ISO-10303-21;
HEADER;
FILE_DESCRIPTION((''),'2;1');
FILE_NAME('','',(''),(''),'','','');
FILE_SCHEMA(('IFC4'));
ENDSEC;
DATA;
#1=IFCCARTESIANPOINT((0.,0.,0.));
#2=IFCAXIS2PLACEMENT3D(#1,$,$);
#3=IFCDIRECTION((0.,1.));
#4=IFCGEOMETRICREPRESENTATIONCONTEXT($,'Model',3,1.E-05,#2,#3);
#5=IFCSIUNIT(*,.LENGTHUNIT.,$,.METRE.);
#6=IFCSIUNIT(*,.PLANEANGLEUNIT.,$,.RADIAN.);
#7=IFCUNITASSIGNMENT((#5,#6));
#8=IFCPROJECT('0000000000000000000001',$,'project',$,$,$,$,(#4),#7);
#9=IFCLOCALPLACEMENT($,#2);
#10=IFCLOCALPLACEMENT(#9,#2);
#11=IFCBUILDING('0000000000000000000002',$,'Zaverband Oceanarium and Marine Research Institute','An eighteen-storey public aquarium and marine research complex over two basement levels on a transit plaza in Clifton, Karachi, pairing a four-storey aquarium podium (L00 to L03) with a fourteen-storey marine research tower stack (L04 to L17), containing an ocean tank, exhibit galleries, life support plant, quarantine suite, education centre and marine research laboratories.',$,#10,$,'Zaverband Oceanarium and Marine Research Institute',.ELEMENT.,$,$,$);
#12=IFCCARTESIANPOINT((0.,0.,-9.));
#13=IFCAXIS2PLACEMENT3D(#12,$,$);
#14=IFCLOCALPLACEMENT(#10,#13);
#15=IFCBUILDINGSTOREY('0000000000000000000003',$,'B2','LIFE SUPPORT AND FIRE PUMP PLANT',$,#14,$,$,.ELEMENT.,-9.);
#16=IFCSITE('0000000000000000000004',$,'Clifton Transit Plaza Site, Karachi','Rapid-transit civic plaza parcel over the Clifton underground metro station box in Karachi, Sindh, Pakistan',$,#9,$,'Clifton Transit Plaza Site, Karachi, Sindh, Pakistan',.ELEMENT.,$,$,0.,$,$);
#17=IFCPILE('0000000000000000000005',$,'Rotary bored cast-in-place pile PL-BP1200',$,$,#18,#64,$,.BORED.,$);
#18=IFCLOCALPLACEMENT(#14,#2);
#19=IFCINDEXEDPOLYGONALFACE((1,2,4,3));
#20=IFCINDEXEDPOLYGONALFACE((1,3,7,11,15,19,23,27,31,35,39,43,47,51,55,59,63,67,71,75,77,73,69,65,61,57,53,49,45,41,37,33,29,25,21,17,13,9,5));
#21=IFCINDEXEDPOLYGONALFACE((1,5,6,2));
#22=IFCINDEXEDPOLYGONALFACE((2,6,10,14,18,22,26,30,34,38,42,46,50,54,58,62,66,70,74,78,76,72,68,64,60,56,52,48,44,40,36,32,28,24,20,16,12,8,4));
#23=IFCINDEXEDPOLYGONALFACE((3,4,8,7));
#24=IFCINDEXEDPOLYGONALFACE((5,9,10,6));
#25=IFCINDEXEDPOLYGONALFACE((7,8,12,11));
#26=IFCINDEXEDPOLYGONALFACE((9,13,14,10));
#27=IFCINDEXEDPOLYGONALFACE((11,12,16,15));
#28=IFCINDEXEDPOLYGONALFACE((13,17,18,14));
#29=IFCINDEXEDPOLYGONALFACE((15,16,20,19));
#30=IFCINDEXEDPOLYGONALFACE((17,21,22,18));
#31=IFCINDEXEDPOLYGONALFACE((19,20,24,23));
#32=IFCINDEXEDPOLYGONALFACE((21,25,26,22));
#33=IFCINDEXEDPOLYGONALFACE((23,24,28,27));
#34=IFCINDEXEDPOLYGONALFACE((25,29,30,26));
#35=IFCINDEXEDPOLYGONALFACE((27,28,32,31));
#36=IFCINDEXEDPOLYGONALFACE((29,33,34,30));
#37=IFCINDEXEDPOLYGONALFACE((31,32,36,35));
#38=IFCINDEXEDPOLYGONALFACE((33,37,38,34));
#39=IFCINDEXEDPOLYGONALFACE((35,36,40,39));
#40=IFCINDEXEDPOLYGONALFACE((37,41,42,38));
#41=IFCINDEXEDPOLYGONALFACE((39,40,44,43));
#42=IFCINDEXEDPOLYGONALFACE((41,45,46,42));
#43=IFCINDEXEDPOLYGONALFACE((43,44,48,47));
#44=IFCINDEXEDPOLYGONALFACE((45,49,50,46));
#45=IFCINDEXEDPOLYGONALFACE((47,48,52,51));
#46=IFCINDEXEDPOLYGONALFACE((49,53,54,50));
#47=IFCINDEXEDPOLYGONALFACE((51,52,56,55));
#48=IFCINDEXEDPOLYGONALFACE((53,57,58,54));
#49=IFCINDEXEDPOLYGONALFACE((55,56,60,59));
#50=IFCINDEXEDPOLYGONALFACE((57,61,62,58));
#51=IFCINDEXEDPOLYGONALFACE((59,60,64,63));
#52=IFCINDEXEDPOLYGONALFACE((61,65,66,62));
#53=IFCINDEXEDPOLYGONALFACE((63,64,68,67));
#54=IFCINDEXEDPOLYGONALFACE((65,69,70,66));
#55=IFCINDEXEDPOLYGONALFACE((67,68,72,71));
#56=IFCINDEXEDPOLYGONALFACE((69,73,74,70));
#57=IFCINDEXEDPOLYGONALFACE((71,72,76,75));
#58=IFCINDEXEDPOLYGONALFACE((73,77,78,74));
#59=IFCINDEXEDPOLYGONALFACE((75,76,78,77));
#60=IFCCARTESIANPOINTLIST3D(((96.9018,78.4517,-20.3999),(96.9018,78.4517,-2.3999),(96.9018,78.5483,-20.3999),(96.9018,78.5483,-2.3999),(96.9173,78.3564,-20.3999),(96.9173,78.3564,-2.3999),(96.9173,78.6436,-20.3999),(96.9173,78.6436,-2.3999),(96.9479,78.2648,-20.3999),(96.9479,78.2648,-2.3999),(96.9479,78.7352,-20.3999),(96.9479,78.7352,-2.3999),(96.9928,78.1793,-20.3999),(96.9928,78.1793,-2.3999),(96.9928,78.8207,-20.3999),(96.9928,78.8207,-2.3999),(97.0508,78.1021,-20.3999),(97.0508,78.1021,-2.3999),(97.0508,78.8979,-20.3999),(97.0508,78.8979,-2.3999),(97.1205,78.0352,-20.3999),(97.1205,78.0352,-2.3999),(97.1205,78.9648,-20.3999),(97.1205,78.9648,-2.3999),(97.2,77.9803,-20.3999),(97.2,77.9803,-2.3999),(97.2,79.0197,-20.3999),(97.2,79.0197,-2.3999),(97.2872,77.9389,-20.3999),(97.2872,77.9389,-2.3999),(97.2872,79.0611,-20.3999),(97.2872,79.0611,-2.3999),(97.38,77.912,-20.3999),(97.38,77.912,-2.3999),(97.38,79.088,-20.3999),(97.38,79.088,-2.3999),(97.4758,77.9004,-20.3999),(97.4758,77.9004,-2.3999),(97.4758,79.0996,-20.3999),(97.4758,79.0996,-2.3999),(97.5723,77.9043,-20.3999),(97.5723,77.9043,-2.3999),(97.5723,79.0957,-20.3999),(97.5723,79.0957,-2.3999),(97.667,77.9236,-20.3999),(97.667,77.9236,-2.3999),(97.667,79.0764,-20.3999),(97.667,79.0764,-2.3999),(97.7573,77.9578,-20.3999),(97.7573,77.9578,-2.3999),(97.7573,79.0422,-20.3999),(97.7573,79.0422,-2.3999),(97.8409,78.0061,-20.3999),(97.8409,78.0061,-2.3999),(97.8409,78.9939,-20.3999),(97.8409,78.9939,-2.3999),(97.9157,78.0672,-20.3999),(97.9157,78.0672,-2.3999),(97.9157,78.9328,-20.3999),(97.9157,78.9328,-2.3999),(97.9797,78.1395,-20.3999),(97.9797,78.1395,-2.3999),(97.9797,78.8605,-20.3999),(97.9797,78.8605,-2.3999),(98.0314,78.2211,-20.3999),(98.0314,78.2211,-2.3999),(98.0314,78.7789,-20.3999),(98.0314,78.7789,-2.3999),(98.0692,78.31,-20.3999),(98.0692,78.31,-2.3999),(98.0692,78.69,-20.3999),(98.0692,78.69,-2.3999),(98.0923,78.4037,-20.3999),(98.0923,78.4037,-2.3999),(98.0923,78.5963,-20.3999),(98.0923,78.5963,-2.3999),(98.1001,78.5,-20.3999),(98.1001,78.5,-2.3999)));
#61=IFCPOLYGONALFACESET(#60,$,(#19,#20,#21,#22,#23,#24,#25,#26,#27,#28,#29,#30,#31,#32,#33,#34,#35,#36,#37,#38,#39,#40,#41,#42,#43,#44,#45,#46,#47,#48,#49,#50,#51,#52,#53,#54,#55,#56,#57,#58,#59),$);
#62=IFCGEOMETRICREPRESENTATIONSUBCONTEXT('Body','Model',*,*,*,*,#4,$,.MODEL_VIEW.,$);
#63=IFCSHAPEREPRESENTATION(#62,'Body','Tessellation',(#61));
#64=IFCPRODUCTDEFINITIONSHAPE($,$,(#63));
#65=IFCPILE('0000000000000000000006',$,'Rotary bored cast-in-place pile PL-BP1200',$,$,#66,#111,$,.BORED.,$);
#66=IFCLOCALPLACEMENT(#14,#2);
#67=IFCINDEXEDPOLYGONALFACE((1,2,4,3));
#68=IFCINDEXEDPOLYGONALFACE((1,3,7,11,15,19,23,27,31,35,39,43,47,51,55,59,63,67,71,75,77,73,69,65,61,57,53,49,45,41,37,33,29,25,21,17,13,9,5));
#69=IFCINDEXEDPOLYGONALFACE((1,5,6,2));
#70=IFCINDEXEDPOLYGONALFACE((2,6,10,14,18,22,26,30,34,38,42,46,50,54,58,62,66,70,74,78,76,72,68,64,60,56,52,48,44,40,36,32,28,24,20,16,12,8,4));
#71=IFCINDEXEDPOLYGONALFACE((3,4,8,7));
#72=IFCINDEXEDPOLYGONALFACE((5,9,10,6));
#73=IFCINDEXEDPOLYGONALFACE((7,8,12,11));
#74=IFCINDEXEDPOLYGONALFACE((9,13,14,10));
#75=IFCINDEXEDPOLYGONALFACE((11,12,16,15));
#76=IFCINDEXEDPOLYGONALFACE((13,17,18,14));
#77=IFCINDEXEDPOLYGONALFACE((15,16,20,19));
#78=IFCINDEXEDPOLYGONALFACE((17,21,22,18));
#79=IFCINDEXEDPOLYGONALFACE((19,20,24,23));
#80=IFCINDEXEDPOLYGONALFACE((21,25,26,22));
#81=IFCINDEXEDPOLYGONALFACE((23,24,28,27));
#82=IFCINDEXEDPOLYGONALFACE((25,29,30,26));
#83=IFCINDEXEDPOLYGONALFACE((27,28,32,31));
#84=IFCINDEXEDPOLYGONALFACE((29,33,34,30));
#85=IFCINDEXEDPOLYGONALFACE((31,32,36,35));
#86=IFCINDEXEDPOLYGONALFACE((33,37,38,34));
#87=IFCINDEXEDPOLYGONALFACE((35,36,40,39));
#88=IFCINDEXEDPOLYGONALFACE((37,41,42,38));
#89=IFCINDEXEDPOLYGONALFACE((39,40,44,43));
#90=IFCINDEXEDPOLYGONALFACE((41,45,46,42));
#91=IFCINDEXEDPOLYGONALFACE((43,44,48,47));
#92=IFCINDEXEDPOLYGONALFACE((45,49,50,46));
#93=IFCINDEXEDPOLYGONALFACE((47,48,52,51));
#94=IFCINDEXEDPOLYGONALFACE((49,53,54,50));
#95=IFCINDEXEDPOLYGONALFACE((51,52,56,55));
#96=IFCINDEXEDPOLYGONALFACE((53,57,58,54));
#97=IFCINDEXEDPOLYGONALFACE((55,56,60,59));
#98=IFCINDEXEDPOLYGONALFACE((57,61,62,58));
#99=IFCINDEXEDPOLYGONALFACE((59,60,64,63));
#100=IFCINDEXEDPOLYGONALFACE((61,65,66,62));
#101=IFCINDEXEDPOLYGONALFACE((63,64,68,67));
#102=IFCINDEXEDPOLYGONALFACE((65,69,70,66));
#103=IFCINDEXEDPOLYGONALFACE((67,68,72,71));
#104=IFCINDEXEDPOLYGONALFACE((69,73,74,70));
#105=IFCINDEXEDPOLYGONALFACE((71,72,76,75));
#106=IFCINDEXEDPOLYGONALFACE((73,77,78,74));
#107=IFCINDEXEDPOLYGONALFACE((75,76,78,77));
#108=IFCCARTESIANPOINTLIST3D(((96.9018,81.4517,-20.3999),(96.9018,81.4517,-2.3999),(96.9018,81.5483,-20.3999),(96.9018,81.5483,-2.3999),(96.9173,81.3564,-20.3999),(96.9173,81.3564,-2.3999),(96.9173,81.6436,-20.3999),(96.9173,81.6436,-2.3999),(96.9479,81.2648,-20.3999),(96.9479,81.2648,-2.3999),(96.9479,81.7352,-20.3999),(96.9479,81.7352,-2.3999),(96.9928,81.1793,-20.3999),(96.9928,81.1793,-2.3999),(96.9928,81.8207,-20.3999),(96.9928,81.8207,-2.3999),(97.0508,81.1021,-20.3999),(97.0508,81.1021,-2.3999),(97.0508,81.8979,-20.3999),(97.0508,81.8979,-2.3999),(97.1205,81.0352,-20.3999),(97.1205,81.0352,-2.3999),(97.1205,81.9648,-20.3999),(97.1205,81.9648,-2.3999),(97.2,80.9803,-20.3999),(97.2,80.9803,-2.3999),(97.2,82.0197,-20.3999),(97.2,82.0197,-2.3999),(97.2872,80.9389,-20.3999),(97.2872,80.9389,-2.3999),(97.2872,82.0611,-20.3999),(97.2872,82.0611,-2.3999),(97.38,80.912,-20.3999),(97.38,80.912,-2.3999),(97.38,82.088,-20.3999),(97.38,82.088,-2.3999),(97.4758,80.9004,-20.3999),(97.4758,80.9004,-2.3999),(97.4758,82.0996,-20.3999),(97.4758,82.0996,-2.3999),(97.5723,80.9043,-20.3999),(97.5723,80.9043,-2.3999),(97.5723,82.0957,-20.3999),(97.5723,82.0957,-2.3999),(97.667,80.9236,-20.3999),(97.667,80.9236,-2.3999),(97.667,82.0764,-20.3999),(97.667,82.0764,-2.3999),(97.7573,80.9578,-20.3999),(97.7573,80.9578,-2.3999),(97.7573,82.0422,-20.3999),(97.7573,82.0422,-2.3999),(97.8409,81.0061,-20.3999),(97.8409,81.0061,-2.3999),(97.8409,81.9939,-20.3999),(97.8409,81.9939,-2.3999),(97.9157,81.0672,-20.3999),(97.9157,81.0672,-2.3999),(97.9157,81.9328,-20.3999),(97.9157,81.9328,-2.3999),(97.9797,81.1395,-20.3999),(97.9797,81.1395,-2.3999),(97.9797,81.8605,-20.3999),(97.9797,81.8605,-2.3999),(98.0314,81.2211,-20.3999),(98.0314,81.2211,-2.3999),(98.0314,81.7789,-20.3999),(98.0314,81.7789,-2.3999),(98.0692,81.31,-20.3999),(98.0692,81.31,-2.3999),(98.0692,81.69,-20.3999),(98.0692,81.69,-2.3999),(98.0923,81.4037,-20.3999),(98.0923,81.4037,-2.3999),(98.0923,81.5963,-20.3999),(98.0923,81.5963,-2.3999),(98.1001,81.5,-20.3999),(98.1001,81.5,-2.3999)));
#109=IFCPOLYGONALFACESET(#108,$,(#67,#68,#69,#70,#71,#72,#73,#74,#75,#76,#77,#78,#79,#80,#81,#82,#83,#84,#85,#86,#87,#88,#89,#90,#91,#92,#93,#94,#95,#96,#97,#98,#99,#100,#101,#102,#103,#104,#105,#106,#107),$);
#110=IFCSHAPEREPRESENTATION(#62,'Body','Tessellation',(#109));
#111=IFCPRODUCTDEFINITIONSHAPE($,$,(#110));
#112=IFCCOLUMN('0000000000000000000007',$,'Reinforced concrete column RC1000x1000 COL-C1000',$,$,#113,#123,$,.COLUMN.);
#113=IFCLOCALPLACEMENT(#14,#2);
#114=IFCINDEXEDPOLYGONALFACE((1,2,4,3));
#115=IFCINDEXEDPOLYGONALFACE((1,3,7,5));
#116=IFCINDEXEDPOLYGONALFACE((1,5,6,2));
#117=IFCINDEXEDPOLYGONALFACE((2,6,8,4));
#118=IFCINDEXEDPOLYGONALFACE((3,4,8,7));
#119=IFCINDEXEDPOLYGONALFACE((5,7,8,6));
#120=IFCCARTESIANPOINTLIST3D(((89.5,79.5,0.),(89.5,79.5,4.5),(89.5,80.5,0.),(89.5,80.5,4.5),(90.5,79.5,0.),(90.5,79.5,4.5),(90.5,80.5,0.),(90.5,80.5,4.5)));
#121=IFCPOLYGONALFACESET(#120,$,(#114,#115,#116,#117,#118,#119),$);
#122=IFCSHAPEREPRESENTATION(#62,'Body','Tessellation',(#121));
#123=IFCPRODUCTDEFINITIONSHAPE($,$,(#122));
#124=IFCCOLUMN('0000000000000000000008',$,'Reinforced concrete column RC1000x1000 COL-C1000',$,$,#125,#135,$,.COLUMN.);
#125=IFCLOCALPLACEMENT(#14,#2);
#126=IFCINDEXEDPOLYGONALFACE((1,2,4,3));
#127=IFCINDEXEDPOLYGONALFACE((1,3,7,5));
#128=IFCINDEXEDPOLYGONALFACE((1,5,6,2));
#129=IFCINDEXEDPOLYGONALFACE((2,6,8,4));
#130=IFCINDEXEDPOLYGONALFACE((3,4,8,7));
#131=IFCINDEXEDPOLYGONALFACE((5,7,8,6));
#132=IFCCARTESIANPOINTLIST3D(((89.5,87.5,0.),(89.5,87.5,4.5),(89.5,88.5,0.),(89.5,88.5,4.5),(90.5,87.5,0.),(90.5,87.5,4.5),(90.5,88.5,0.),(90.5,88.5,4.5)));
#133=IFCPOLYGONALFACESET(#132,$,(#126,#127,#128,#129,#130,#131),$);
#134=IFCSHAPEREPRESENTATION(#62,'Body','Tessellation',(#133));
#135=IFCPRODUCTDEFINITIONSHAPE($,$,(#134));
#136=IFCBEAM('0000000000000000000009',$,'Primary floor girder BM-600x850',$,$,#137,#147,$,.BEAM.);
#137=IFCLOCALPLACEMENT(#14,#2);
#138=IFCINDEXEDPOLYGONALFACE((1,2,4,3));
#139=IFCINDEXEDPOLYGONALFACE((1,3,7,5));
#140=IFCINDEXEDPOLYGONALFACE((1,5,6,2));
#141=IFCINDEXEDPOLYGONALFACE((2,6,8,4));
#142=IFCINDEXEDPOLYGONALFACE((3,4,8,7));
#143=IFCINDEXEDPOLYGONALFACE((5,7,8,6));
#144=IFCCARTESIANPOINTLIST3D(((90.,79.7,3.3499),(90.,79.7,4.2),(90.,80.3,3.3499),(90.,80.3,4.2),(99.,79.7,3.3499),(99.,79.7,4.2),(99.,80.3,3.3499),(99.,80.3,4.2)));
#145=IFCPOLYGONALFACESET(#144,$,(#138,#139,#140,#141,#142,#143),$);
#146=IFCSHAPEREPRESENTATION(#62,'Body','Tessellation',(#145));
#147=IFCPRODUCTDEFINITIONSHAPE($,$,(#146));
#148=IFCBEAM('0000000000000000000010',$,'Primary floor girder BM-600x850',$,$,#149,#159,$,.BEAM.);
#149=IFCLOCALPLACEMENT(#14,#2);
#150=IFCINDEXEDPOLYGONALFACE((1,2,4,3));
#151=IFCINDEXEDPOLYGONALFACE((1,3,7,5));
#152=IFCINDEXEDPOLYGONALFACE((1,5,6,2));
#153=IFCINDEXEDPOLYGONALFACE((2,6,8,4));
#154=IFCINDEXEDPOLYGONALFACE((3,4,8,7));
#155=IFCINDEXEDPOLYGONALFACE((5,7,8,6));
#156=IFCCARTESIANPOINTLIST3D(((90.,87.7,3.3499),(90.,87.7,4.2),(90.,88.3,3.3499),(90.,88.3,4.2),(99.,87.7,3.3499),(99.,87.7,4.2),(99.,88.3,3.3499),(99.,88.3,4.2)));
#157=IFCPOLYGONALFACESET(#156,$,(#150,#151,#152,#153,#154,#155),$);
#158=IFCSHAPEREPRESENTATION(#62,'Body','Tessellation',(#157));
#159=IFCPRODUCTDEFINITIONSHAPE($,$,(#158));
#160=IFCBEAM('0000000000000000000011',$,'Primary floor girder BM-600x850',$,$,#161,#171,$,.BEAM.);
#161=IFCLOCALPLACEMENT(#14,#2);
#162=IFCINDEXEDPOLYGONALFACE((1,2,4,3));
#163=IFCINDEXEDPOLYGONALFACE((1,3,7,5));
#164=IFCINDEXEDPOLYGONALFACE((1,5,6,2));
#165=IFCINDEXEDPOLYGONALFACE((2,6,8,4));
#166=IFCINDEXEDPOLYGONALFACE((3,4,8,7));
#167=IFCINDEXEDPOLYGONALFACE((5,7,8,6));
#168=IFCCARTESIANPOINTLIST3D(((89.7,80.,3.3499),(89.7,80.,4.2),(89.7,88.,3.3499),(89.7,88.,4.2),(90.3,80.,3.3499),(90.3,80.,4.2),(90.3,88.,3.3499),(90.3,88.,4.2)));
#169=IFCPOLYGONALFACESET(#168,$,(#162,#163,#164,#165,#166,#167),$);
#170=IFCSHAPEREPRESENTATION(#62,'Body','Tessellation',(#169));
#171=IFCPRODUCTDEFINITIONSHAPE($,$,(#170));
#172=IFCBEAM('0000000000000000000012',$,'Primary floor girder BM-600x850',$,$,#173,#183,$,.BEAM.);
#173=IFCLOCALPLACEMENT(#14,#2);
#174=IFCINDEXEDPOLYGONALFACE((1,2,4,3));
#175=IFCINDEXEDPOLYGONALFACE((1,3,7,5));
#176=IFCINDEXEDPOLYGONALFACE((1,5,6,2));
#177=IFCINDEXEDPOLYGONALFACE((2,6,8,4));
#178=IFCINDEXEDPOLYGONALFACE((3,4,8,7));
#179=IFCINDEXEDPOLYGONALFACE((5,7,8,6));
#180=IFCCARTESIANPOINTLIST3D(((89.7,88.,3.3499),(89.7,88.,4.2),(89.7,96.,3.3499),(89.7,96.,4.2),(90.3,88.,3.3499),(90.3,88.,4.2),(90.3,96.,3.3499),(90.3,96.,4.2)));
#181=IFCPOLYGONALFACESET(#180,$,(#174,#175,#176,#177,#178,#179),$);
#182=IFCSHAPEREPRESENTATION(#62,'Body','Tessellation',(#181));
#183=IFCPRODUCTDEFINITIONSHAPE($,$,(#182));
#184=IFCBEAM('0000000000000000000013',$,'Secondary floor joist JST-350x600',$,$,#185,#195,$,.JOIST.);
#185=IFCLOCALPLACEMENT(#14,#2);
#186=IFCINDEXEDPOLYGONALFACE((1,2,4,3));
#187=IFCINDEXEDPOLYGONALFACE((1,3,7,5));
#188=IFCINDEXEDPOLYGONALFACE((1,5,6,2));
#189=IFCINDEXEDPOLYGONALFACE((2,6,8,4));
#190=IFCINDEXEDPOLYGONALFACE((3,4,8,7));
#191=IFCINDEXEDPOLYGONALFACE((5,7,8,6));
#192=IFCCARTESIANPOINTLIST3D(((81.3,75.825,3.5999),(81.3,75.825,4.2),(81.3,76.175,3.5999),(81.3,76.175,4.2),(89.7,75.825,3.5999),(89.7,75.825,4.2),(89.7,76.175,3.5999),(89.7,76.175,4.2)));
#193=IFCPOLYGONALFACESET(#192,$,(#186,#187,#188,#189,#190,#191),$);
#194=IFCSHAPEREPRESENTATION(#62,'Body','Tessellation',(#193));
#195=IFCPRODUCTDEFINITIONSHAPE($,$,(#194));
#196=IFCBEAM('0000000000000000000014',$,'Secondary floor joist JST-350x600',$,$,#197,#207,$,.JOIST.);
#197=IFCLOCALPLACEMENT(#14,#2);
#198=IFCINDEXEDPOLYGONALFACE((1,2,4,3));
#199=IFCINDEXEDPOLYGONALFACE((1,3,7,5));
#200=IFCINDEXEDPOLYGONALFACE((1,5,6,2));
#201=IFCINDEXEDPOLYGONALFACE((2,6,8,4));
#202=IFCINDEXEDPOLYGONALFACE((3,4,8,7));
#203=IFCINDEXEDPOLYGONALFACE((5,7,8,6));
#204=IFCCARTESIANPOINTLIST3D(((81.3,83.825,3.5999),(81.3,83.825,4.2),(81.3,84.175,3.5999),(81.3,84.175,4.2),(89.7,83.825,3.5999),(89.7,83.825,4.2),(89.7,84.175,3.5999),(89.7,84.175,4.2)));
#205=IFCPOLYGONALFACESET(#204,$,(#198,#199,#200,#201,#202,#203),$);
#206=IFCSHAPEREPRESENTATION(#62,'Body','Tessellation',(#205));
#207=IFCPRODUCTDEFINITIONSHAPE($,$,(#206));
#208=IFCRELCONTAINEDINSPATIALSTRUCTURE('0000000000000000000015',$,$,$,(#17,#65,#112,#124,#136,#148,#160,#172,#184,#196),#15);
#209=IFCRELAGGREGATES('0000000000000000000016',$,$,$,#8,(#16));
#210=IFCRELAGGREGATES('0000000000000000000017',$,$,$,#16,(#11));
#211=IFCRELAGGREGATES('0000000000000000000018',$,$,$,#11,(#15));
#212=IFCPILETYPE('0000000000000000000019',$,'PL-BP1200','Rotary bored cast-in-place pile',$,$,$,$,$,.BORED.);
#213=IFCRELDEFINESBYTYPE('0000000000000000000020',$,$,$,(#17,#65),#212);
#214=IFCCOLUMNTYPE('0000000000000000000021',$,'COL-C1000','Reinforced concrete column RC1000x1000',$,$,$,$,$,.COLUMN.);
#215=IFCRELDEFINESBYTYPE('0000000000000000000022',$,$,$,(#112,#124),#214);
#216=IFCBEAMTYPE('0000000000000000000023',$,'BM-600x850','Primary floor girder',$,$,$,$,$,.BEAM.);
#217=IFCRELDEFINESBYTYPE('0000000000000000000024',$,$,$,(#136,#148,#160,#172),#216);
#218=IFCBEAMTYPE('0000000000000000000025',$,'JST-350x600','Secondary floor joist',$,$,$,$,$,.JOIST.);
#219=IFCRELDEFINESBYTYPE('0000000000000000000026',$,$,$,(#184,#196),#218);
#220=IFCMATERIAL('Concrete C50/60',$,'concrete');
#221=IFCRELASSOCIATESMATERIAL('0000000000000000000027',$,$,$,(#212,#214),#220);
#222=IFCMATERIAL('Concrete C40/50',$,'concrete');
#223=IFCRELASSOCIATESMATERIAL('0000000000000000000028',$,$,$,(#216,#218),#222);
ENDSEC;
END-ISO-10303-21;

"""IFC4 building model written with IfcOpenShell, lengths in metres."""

from ifc_helpers import new_model, si_unit, direction, frame, origin, origin_2d, place, context, subcontext, project, spatial, rectangle, circle, extrude, material, material_profile, profile_set, type_object, element, save


model = new_model("IFC4")

# Units and contexts
model_context = context("Model", 3, precision=1e-05, world=origin(), true_north=direction((0.0, 1.0)))
body_context = subcontext(model_context, "Body", "Model", "MODEL_VIEW")
ifc_project = project(units=[si_unit("LENGTHUNIT", "METRE"), si_unit("PLANEANGLEUNIT", "RADIAN")], contexts=[model_context])

# Site, building, storey
site_placement = place(None, origin())
site = spatial("IfcSite", under=ifc_project, at=site_placement, Name="Clifton Transit Plaza Site, Karachi", Description="Rapid-transit civic plaza parcel over the Clifton underground metro station box in Karachi, Sindh, Pakistan", LongName="Clifton Transit Plaza Site, Karachi, Sindh, Pakistan", CompositionType="ELEMENT", RefElevation=0.0)
building_placement = place(site_placement, origin())
building = spatial("IfcBuilding", under=site, at=building_placement, Name="Zaverband Oceanarium and Marine Research Institute", Description="An eighteen-storey public aquarium and marine research complex over two basement levels on a transit plaza in Clifton, Karachi, pairing a four-storey aquarium podium (L00 to L03) with a fourteen-storey marine research tower stack (L04 to L17), containing an ocean tank, exhibit galleries, life support plant, quarantine suite, education centre and marine research laboratories.", LongName="Zaverband Oceanarium and Marine Research Institute", CompositionType="ELEMENT")
storey_placement = place(building_placement, frame((0.0, 0.0, -9.0)))
storey = spatial("IfcBuildingStorey", under=building, at=storey_placement, Name="B2", Description="LIFE SUPPORT AND FIRE PUMP PLANT", CompositionType="ELEMENT", Elevation=-9.0)

# Shared definitions
ifc_material_1 = material(Name="Concrete C50/60", Category="concrete")

# Piles
ifc_material_profile_1 = material_profile(ifc_material_1, circle(Radius=0.6001, at=origin_2d()), Name="BP1200")
ifc_profile_set_1 = profile_set([ifc_material_profile_1], Name="Concrete C50/60")
pile_type_1 = type_object("IfcPileType", Name="PL-BP1200", Description="Rotary bored cast-in-place pile", PredefinedType="BORED", material=ifc_profile_set_1)
for number, where, z_axis, x_axis, name in (
    (1, (97.5, 78.5, -2.3999), (0.0, 0.0, -1.0), (1.0, 0.0, 0.0), "Rotary bored cast-in-place pile PL-BP1200"),
    (2, (97.5, 81.5, -2.3999), (0.0, 0.0, -1.0), (1.0, 0.0, 0.0), "Rotary bored cast-in-place pile PL-BP1200"),
):
    element("IfcPile", number, at=place(storey_placement, frame(where, z_axis=z_axis, x_axis=x_axis)), inside=storey, type_object=pile_type_1, Name=name, PredefinedType="BORED", context=body_context, shape_type="SweptSolid", body=[
        extrude(circle(Radius=0.6001, at=origin_2d()), origin(), (0.0, 0.0, 1.0), 18.0),
    ])

# Columns
ifc_material_profile_2 = material_profile(ifc_material_1, rectangle(XDim=1.0, YDim=1.0, at=origin_2d()), Name="RC1000x1000")
ifc_profile_set_2 = profile_set([ifc_material_profile_2], Name="Concrete C50/60")
column_type = type_object("IfcColumnType", Name="COL-C1000", Description="Reinforced concrete column RC1000x1000", PredefinedType="COLUMN", material=ifc_profile_set_2)
for number, where, z_axis, x_axis, name in (
    (3, (90.0, 80.0, 0.0), (0.0, 0.0, 1.0), (1.0, 0.0, 0.0), "Reinforced concrete column RC1000x1000 COL-C1000"),
    (4, (90.0, 88.0, 0.0), (0.0, 0.0, 1.0), (1.0, 0.0, 0.0), "Reinforced concrete column RC1000x1000 COL-C1000"),
):
    element("IfcColumn", number, at=place(storey_placement, frame(where, z_axis=z_axis, x_axis=x_axis)), inside=storey, type_object=column_type, Name=name, PredefinedType="COLUMN", context=body_context, shape_type="SweptSolid", body=[
        extrude(rectangle(XDim=1.0, YDim=1.0, at=origin_2d()), origin(), (0.0, 0.0, 1.0), 4.5),
    ])

# Beams
ifc_material_2 = material(Name="Concrete C40/50", Category="concrete")
ifc_material_profile_3 = material_profile(ifc_material_2, rectangle(XDim=0.6001, YDim=0.8501, at=origin_2d()), Name="RC600x850")
ifc_profile_set_3 = profile_set([ifc_material_profile_3], Name="Concrete C40/50")
beam_type_1 = type_object("IfcBeamType", Name="BM-600x850", Description="Primary floor girder", PredefinedType="BEAM", material=ifc_profile_set_3)
for number, where, z_axis, x_axis, name in (
    (5, (90.0, 80.0, 3.7749), (1.0, 0.0, 0.0), (0.0, 1.0, 0.0), "Primary floor girder BM-600x850"),
    (6, (90.0, 88.0, 3.7749), (1.0, 0.0, 0.0), (0.0, 1.0, 0.0), "Primary floor girder BM-600x850"),
):
    element("IfcBeam", number, at=place(storey_placement, frame(where, z_axis=z_axis, x_axis=x_axis)), inside=storey, type_object=beam_type_1, Name=name, PredefinedType="BEAM", context=body_context, shape_type="SweptSolid", body=[
        extrude(rectangle(XDim=0.6001, YDim=0.8501, at=origin_2d()), origin(), (0.0, 0.0, 1.0), 9.0),
    ])
for number, where, z_axis, x_axis, name in (
    (7, (90.0, 80.0, 3.7749), (0.0, 1.0, 0.0), (-1.0, 0.0, 0.0), "Primary floor girder BM-600x850"),
    (8, (90.0, 88.0, 3.7749), (0.0, 1.0, 0.0), (-1.0, 0.0, 0.0), "Primary floor girder BM-600x850"),
):
    element("IfcBeam", number, at=place(storey_placement, frame(where, z_axis=z_axis, x_axis=x_axis)), inside=storey, type_object=beam_type_1, Name=name, PredefinedType="BEAM", context=body_context, shape_type="SweptSolid", body=[
        extrude(rectangle(XDim=0.6001, YDim=0.8501, at=origin_2d()), origin(), (0.0, 0.0, 1.0), 8.0),
    ])
ifc_material_profile_4 = material_profile(ifc_material_2, rectangle(XDim=0.3501, YDim=0.6001, at=origin_2d()), Name="RC350x600")
ifc_profile_set_4 = profile_set([ifc_material_profile_4], Name="Concrete C40/50")
beam_type_2 = type_object("IfcBeamType", Name="JST-350x600", Description="Secondary floor joist", PredefinedType="JOIST", material=ifc_profile_set_4)
for number, where, z_axis, x_axis, name in (
    (9, (81.3, 76.0, 3.8999), (1.0, 0.0, 0.0), (0.0, 1.0, 0.0), "Secondary floor joist JST-350x600"),
    (10, (81.3, 84.0, 3.8999), (1.0, 0.0, 0.0), (0.0, 1.0, 0.0), "Secondary floor joist JST-350x600"),
):
    element("IfcBeam", number, at=place(storey_placement, frame(where, z_axis=z_axis, x_axis=x_axis)), inside=storey, type_object=beam_type_2, Name=name, PredefinedType="JOIST", context=body_context, shape_type="SweptSolid", body=[
        extrude(rectangle(XDim=0.3501, YDim=0.6001, at=origin_2d()), origin(), (0.0, 0.0, 1.0), 8.3999),
    ])

save(model, "model.ifc")
